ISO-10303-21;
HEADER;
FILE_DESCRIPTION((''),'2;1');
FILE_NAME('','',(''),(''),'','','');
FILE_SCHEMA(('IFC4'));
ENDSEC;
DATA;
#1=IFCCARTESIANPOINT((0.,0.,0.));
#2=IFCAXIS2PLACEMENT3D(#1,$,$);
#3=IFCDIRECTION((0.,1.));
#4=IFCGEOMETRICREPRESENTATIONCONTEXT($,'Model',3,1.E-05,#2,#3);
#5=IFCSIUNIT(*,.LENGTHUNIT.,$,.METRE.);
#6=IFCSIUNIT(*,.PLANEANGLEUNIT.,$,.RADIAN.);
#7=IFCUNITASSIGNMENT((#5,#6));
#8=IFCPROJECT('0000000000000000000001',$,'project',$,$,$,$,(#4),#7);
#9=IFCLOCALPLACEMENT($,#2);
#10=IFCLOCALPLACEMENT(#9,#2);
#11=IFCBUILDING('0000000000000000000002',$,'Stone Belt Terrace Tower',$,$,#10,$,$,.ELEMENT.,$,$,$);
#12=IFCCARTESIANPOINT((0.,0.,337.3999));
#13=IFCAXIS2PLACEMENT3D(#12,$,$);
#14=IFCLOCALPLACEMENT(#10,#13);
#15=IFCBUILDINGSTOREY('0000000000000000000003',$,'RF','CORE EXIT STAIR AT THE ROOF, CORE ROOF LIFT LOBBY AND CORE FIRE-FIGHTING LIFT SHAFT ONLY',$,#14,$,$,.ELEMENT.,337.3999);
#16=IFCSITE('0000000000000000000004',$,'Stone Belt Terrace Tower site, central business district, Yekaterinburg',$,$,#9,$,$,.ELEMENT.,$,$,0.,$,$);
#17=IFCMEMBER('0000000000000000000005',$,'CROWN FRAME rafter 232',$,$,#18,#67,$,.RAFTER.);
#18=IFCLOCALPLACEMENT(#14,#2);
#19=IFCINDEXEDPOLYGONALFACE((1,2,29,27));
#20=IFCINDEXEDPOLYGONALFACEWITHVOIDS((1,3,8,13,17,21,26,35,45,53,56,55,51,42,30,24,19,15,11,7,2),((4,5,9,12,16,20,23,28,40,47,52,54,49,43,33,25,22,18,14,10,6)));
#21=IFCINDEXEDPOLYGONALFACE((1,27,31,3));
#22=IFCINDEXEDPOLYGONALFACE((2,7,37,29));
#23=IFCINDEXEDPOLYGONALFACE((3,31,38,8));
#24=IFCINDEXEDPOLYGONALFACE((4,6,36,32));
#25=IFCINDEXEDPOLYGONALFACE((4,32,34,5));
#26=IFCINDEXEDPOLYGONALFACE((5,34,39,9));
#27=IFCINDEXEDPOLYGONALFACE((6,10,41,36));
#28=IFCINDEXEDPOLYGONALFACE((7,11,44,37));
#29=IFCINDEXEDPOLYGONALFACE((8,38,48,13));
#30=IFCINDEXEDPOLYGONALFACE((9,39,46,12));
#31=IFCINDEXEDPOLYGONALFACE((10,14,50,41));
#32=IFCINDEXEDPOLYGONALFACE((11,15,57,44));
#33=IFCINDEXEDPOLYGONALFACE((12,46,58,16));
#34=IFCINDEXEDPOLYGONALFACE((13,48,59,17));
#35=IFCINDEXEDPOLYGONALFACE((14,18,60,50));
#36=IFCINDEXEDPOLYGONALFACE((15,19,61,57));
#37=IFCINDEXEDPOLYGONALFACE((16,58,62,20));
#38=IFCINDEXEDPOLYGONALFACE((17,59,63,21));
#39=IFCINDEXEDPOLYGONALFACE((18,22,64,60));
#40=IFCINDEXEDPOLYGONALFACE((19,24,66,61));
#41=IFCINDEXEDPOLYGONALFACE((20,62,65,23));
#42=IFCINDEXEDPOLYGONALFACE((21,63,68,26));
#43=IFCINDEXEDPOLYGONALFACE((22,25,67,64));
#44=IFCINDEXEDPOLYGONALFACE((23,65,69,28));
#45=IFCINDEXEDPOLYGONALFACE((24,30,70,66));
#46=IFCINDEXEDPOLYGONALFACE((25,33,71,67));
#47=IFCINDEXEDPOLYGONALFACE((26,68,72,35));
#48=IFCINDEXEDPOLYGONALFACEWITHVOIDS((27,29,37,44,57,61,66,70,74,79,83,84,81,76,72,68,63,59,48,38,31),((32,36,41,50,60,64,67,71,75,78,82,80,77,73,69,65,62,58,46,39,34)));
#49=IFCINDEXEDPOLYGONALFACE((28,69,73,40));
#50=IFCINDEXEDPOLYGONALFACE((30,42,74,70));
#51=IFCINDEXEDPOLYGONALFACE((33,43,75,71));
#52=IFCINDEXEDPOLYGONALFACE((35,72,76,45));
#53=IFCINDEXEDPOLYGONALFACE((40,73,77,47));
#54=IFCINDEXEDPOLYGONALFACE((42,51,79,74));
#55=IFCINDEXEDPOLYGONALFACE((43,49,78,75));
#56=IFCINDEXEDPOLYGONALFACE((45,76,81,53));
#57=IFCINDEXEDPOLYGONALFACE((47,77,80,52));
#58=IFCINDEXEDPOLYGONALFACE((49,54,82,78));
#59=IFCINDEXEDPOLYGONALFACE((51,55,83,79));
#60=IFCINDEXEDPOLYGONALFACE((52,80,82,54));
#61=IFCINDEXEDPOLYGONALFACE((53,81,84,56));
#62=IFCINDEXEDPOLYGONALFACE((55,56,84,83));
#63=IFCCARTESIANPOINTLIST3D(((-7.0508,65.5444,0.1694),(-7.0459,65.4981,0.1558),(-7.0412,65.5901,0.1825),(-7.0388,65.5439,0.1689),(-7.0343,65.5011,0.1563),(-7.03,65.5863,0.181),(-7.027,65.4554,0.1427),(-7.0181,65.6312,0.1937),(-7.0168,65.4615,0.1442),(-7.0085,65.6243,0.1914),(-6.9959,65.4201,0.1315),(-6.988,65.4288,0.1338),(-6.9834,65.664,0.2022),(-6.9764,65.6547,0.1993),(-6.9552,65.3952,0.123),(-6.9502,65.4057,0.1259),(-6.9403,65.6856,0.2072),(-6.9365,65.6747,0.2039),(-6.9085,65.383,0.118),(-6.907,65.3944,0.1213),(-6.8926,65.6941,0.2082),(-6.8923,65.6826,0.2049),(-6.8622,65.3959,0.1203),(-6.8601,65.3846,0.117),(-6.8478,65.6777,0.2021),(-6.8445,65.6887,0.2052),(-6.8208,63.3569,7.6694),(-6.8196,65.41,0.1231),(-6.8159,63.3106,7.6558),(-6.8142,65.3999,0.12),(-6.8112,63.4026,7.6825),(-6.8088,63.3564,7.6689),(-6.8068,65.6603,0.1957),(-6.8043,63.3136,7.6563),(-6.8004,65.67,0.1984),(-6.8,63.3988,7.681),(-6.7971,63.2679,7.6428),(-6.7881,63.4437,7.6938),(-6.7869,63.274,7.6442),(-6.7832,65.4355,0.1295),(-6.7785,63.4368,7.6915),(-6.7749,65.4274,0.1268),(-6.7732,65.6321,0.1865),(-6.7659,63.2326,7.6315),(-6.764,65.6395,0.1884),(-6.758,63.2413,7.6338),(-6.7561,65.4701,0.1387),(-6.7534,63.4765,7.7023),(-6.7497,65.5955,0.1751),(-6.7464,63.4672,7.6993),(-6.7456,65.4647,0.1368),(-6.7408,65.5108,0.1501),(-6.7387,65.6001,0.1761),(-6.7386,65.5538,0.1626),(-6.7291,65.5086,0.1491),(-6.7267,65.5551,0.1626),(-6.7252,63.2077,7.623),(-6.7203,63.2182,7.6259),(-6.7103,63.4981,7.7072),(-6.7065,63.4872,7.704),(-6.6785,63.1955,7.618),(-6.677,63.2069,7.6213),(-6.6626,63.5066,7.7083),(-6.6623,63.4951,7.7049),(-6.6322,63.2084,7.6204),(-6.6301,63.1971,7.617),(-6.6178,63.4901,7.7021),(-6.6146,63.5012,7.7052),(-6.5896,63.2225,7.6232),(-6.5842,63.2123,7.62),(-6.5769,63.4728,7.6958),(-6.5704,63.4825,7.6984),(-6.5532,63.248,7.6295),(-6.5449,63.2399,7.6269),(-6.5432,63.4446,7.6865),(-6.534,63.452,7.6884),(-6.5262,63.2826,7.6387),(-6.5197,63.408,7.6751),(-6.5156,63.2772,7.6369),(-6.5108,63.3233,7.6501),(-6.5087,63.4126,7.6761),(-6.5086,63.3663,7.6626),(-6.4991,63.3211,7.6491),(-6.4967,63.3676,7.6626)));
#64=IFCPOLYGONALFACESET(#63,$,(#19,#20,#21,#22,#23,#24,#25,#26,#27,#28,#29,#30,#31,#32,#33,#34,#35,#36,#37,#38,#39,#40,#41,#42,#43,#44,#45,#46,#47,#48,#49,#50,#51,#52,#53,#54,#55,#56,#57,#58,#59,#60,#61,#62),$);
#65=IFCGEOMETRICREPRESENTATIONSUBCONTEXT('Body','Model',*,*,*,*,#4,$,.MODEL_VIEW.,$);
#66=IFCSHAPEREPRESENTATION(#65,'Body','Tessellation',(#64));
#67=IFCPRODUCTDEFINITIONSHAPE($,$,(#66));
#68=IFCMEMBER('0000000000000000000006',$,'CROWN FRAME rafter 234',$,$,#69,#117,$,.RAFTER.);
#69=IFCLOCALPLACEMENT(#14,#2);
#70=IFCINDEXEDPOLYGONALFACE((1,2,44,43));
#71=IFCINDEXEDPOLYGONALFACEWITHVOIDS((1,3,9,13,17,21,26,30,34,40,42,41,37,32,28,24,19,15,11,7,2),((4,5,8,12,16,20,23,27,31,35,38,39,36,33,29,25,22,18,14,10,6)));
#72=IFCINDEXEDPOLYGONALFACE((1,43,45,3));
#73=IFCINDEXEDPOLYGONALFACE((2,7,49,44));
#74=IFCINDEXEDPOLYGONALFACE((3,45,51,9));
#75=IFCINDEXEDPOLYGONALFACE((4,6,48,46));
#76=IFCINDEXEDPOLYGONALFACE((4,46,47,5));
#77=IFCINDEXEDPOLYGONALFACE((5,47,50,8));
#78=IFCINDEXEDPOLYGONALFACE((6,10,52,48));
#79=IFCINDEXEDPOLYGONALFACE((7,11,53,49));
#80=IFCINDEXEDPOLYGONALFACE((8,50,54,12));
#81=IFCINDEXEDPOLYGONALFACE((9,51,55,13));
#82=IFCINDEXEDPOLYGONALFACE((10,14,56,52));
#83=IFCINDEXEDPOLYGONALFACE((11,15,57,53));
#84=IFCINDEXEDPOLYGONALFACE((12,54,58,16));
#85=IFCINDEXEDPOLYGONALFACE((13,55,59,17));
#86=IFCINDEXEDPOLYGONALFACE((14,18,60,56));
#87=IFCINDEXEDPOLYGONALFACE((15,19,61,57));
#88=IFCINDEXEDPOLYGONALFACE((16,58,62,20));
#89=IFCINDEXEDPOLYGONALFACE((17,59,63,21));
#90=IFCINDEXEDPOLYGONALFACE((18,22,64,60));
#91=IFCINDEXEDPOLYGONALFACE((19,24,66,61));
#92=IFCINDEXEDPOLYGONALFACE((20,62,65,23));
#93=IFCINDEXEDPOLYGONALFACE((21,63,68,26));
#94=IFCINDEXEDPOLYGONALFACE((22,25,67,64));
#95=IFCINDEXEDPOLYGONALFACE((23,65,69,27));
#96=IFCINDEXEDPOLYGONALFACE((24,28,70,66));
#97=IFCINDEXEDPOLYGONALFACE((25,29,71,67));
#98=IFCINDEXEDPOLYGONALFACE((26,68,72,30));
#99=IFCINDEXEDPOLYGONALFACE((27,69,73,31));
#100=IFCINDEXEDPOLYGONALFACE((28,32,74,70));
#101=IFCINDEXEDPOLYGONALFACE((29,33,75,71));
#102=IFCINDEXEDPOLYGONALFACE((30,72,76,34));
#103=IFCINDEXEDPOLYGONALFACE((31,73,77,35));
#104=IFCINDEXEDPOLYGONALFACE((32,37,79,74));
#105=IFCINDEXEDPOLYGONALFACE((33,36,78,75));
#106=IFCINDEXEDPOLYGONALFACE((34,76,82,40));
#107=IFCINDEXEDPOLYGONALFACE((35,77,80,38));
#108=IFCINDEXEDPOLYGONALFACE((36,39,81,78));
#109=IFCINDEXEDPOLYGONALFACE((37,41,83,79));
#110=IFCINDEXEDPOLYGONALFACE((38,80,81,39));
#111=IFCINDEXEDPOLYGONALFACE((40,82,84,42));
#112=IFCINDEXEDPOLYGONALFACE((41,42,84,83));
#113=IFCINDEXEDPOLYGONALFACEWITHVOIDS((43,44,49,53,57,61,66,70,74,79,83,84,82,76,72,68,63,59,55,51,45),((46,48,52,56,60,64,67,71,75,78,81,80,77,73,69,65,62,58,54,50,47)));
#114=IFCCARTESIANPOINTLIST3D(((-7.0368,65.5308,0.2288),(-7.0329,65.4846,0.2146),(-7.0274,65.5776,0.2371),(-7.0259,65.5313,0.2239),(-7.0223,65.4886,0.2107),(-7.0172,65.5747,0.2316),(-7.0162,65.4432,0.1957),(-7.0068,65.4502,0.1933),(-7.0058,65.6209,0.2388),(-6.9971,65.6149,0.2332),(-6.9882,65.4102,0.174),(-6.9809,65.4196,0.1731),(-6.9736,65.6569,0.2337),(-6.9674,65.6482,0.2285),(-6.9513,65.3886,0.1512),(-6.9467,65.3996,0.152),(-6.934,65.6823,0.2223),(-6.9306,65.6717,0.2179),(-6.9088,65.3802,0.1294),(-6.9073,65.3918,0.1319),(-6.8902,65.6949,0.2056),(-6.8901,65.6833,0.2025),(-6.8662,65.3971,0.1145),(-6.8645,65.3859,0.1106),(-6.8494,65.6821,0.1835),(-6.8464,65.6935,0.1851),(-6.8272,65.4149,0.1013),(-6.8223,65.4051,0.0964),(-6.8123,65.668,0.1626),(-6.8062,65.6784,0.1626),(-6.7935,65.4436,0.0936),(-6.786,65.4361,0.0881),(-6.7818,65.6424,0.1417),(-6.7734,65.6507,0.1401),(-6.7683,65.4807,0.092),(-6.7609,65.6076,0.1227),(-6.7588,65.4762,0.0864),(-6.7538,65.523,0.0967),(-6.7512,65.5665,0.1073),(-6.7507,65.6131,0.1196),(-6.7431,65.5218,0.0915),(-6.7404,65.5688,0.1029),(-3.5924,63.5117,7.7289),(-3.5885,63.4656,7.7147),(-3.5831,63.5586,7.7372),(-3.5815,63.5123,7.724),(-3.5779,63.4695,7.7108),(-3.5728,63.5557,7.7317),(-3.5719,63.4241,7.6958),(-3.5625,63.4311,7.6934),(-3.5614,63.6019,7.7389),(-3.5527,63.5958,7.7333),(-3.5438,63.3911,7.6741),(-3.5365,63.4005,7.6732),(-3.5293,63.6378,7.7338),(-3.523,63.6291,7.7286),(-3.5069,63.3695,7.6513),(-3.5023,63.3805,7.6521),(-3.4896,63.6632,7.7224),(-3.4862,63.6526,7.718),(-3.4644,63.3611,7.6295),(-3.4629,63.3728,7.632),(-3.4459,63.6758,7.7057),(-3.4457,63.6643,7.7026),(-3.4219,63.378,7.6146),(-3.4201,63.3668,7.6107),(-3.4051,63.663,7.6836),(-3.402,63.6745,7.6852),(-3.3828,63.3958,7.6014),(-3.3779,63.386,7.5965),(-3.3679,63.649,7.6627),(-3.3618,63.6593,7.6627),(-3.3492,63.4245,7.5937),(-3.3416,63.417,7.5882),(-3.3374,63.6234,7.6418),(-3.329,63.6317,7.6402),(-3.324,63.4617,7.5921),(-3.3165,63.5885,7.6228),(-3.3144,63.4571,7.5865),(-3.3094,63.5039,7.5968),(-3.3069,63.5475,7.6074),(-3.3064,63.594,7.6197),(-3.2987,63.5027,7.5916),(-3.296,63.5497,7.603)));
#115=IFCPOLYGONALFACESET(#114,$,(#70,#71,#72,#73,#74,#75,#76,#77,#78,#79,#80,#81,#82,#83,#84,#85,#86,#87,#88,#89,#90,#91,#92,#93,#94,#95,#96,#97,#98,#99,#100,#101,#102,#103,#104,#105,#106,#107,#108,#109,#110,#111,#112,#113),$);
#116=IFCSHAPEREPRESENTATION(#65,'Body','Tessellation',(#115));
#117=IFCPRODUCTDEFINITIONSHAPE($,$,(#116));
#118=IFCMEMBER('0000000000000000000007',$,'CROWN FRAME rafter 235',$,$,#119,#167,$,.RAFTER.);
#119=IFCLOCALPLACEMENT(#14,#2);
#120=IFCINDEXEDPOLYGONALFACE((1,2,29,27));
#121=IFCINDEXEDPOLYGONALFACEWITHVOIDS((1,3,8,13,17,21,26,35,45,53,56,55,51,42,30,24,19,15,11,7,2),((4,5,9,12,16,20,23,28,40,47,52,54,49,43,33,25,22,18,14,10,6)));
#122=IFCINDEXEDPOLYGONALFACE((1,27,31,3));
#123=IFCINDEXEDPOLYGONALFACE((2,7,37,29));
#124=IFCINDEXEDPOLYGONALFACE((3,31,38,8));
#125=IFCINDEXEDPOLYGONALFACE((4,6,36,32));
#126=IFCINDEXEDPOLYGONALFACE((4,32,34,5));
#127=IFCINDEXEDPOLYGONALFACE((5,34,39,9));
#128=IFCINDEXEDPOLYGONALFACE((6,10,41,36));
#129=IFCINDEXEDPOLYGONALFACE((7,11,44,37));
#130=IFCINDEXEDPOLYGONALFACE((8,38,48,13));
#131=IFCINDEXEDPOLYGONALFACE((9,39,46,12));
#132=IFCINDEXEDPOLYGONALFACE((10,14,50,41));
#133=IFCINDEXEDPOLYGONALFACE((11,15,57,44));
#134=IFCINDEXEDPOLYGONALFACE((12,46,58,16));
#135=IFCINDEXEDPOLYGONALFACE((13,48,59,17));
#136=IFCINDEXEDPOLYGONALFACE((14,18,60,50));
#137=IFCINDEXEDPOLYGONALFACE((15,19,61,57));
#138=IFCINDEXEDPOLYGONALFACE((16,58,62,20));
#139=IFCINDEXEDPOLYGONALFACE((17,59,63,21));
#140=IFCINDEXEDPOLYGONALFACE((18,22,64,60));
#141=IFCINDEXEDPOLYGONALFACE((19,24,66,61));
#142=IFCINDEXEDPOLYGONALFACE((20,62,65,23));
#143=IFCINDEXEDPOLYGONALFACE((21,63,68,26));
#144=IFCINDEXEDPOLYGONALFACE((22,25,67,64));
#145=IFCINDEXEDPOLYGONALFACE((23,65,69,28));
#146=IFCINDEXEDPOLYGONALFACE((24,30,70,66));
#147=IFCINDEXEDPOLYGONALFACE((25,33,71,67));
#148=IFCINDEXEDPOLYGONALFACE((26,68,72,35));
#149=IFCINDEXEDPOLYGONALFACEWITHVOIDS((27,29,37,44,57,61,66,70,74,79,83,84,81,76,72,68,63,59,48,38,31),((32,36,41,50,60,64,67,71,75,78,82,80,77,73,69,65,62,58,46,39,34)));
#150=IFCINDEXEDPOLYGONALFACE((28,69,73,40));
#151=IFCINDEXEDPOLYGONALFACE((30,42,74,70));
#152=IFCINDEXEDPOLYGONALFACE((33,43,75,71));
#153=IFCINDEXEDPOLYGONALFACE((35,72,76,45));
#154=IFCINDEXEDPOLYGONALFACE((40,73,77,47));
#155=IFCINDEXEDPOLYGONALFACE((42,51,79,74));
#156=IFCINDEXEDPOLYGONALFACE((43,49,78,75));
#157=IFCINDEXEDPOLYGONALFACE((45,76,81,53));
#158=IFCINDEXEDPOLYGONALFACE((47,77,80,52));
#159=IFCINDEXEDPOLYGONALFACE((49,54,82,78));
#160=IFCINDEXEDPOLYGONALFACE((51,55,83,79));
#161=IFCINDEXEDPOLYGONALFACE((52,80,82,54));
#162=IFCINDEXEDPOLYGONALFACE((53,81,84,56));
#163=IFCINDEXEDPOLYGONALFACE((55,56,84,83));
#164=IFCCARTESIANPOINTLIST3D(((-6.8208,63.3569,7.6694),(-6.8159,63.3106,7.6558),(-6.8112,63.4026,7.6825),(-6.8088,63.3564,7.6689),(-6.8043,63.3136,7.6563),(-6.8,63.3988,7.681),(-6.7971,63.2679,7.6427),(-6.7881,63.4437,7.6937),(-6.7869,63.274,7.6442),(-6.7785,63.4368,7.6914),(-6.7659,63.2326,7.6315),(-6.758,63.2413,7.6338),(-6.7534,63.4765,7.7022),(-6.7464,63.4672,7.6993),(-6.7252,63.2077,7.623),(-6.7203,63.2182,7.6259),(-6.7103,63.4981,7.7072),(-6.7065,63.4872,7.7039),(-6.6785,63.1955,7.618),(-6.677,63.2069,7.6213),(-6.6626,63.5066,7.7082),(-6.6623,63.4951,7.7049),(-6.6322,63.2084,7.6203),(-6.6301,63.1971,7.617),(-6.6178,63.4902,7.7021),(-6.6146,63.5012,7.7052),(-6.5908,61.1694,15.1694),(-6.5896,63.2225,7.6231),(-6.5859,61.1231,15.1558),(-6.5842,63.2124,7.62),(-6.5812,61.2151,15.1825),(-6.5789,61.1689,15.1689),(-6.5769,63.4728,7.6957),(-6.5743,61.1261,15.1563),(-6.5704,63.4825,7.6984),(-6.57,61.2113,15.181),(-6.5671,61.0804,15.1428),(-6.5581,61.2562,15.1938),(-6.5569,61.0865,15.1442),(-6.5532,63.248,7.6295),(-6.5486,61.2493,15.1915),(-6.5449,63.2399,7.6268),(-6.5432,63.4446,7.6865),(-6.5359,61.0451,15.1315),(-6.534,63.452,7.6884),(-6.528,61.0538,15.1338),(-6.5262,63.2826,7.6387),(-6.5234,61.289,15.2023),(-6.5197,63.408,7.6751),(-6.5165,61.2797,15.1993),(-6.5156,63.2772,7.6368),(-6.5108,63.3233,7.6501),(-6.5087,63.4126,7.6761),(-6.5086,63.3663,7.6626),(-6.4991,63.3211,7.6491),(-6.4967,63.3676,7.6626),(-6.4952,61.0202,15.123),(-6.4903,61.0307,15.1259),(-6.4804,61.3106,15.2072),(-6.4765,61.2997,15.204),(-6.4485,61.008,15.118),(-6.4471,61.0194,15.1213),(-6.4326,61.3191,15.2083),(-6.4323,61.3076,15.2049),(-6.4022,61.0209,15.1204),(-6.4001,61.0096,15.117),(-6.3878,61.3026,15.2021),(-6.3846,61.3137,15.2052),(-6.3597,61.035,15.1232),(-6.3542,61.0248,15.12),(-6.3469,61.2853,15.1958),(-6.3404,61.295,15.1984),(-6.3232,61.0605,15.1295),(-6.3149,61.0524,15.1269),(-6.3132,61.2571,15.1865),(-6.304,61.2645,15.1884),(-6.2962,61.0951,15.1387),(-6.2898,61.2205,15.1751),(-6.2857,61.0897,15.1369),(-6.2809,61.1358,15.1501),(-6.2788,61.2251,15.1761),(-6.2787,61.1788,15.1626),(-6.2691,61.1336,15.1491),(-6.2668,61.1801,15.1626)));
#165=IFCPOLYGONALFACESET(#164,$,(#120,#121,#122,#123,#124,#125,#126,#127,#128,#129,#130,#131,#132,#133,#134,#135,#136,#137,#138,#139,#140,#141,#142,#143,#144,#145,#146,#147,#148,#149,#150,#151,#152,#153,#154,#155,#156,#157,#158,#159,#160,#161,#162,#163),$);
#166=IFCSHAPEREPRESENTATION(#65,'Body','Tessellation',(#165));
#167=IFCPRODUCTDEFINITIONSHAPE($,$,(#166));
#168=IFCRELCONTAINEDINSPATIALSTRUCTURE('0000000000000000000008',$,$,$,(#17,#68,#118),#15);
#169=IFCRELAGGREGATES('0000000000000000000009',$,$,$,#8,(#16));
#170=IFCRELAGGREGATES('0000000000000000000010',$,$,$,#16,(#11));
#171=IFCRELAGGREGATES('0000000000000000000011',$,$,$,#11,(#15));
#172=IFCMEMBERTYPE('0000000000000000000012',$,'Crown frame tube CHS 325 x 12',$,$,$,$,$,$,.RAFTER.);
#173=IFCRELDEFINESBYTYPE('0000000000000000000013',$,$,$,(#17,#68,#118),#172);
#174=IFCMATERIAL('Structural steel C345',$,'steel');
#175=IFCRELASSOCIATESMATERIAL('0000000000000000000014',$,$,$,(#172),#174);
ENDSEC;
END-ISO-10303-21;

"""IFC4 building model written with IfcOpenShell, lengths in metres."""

from ifc_helpers import new_model, si_unit, direction, frame, origin, origin_2d, place, context, subcontext, project, spatial, hollow_circle, extrude, material, material_profile, profile_set, type_object, element, save


model = new_model("IFC4")

# Units and contexts
model_context = context("Model", 3, precision=1e-05, world=origin(), true_north=direction((0.0, 1.0)))
body_context = subcontext(model_context, "Body", "Model", "MODEL_VIEW")
ifc_project = project(units=[si_unit("LENGTHUNIT", "METRE"), si_unit("PLANEANGLEUNIT", "RADIAN")], contexts=[model_context])

# Site, building, storey
site_placement = place(None, origin())
site = spatial("IfcSite", under=ifc_project, at=site_placement, Name="Stone Belt Terrace Tower site, central business district, Yekaterinburg", CompositionType="ELEMENT", RefElevation=0.0)
building_placement = place(site_placement, origin())
building = spatial("IfcBuilding", under=site, at=building_placement, Name="Stone Belt Terrace Tower", CompositionType="ELEMENT")
storey_placement = place(building_placement, frame((0.0, 0.0, 337.3999)))
storey = spatial("IfcBuildingStorey", under=building, at=storey_placement, Name="RF", Description="CORE EXIT STAIR AT THE ROOF, CORE ROOF LIFT LOBBY AND CORE FIRE-FIGHTING LIFT SHAFT ONLY", CompositionType="ELEMENT", Elevation=337.3999)

# Members
ifc_material_1 = material(Name="Structural steel C345", Category="steel")
ifc_material_profile_1 = material_profile(ifc_material_1, hollow_circle(Radius=0.1626, WallThickness=0.012, at=origin_2d()), Name="Structural steel C345 CHS 325x12")
ifc_profile_set_1 = profile_set([ifc_material_profile_1], Name="Structural steel C345")
member_type_1 = type_object("IfcMemberType", Name="Crown frame tube CHS 325 x 12", PredefinedType="RAFTER", material=ifc_profile_set_1)
member_1_placement = place(storey_placement, frame((-6.8884, 65.5381, 0.1626), z_axis=(0.029425, -0.279879, 0.959584), x_axis=(0.994519, 0.104558, 0.0)))
element("IfcMember", 1, at=member_1_placement, inside=storey, type_object=member_type_1, Name="CROWN FRAME rafter 232", PredefinedType="RAFTER", context=body_context, shape_type="SweptSolid", body=[
    extrude(hollow_circle(Radius=0.1626, WallThickness=0.012, at=origin_2d()), origin(), (0.0, 0.0, 1.0), 7.8159),
])
member_2_placement = place(storey_placement, frame((-6.8884, 65.5381, 0.1626), z_axis=(0.405384, -0.237633, 0.88272), x_axis=(0.50571, 0.862703, 0.0)))
element("IfcMember", 2, at=member_2_placement, inside=storey, type_object=member_type_1, Name="CROWN FRAME rafter 234", PredefinedType="RAFTER", context=body_context, shape_type="SweptSolid", body=[
    extrude(hollow_circle(Radius=0.1626, WallThickness=0.012, at=origin_2d()), origin(), (0.0, 0.0, 1.0), 8.4966),
])
member_3_placement = place(storey_placement, frame((-6.6584, 63.3506, 7.6626), z_axis=(0.029425, -0.279879, 0.959584), x_axis=(0.994519, 0.104558, 0.0)))
element("IfcMember", 3, at=member_3_placement, inside=storey, type_object=member_type_1, Name="CROWN FRAME rafter 235", PredefinedType="RAFTER", context=body_context, shape_type="SweptSolid", body=[
    extrude(hollow_circle(Radius=0.1626, WallThickness=0.012, at=origin_2d()), origin(), (0.0, 0.0, 1.0), 7.8159),
])

save(model, "model.ifc")
